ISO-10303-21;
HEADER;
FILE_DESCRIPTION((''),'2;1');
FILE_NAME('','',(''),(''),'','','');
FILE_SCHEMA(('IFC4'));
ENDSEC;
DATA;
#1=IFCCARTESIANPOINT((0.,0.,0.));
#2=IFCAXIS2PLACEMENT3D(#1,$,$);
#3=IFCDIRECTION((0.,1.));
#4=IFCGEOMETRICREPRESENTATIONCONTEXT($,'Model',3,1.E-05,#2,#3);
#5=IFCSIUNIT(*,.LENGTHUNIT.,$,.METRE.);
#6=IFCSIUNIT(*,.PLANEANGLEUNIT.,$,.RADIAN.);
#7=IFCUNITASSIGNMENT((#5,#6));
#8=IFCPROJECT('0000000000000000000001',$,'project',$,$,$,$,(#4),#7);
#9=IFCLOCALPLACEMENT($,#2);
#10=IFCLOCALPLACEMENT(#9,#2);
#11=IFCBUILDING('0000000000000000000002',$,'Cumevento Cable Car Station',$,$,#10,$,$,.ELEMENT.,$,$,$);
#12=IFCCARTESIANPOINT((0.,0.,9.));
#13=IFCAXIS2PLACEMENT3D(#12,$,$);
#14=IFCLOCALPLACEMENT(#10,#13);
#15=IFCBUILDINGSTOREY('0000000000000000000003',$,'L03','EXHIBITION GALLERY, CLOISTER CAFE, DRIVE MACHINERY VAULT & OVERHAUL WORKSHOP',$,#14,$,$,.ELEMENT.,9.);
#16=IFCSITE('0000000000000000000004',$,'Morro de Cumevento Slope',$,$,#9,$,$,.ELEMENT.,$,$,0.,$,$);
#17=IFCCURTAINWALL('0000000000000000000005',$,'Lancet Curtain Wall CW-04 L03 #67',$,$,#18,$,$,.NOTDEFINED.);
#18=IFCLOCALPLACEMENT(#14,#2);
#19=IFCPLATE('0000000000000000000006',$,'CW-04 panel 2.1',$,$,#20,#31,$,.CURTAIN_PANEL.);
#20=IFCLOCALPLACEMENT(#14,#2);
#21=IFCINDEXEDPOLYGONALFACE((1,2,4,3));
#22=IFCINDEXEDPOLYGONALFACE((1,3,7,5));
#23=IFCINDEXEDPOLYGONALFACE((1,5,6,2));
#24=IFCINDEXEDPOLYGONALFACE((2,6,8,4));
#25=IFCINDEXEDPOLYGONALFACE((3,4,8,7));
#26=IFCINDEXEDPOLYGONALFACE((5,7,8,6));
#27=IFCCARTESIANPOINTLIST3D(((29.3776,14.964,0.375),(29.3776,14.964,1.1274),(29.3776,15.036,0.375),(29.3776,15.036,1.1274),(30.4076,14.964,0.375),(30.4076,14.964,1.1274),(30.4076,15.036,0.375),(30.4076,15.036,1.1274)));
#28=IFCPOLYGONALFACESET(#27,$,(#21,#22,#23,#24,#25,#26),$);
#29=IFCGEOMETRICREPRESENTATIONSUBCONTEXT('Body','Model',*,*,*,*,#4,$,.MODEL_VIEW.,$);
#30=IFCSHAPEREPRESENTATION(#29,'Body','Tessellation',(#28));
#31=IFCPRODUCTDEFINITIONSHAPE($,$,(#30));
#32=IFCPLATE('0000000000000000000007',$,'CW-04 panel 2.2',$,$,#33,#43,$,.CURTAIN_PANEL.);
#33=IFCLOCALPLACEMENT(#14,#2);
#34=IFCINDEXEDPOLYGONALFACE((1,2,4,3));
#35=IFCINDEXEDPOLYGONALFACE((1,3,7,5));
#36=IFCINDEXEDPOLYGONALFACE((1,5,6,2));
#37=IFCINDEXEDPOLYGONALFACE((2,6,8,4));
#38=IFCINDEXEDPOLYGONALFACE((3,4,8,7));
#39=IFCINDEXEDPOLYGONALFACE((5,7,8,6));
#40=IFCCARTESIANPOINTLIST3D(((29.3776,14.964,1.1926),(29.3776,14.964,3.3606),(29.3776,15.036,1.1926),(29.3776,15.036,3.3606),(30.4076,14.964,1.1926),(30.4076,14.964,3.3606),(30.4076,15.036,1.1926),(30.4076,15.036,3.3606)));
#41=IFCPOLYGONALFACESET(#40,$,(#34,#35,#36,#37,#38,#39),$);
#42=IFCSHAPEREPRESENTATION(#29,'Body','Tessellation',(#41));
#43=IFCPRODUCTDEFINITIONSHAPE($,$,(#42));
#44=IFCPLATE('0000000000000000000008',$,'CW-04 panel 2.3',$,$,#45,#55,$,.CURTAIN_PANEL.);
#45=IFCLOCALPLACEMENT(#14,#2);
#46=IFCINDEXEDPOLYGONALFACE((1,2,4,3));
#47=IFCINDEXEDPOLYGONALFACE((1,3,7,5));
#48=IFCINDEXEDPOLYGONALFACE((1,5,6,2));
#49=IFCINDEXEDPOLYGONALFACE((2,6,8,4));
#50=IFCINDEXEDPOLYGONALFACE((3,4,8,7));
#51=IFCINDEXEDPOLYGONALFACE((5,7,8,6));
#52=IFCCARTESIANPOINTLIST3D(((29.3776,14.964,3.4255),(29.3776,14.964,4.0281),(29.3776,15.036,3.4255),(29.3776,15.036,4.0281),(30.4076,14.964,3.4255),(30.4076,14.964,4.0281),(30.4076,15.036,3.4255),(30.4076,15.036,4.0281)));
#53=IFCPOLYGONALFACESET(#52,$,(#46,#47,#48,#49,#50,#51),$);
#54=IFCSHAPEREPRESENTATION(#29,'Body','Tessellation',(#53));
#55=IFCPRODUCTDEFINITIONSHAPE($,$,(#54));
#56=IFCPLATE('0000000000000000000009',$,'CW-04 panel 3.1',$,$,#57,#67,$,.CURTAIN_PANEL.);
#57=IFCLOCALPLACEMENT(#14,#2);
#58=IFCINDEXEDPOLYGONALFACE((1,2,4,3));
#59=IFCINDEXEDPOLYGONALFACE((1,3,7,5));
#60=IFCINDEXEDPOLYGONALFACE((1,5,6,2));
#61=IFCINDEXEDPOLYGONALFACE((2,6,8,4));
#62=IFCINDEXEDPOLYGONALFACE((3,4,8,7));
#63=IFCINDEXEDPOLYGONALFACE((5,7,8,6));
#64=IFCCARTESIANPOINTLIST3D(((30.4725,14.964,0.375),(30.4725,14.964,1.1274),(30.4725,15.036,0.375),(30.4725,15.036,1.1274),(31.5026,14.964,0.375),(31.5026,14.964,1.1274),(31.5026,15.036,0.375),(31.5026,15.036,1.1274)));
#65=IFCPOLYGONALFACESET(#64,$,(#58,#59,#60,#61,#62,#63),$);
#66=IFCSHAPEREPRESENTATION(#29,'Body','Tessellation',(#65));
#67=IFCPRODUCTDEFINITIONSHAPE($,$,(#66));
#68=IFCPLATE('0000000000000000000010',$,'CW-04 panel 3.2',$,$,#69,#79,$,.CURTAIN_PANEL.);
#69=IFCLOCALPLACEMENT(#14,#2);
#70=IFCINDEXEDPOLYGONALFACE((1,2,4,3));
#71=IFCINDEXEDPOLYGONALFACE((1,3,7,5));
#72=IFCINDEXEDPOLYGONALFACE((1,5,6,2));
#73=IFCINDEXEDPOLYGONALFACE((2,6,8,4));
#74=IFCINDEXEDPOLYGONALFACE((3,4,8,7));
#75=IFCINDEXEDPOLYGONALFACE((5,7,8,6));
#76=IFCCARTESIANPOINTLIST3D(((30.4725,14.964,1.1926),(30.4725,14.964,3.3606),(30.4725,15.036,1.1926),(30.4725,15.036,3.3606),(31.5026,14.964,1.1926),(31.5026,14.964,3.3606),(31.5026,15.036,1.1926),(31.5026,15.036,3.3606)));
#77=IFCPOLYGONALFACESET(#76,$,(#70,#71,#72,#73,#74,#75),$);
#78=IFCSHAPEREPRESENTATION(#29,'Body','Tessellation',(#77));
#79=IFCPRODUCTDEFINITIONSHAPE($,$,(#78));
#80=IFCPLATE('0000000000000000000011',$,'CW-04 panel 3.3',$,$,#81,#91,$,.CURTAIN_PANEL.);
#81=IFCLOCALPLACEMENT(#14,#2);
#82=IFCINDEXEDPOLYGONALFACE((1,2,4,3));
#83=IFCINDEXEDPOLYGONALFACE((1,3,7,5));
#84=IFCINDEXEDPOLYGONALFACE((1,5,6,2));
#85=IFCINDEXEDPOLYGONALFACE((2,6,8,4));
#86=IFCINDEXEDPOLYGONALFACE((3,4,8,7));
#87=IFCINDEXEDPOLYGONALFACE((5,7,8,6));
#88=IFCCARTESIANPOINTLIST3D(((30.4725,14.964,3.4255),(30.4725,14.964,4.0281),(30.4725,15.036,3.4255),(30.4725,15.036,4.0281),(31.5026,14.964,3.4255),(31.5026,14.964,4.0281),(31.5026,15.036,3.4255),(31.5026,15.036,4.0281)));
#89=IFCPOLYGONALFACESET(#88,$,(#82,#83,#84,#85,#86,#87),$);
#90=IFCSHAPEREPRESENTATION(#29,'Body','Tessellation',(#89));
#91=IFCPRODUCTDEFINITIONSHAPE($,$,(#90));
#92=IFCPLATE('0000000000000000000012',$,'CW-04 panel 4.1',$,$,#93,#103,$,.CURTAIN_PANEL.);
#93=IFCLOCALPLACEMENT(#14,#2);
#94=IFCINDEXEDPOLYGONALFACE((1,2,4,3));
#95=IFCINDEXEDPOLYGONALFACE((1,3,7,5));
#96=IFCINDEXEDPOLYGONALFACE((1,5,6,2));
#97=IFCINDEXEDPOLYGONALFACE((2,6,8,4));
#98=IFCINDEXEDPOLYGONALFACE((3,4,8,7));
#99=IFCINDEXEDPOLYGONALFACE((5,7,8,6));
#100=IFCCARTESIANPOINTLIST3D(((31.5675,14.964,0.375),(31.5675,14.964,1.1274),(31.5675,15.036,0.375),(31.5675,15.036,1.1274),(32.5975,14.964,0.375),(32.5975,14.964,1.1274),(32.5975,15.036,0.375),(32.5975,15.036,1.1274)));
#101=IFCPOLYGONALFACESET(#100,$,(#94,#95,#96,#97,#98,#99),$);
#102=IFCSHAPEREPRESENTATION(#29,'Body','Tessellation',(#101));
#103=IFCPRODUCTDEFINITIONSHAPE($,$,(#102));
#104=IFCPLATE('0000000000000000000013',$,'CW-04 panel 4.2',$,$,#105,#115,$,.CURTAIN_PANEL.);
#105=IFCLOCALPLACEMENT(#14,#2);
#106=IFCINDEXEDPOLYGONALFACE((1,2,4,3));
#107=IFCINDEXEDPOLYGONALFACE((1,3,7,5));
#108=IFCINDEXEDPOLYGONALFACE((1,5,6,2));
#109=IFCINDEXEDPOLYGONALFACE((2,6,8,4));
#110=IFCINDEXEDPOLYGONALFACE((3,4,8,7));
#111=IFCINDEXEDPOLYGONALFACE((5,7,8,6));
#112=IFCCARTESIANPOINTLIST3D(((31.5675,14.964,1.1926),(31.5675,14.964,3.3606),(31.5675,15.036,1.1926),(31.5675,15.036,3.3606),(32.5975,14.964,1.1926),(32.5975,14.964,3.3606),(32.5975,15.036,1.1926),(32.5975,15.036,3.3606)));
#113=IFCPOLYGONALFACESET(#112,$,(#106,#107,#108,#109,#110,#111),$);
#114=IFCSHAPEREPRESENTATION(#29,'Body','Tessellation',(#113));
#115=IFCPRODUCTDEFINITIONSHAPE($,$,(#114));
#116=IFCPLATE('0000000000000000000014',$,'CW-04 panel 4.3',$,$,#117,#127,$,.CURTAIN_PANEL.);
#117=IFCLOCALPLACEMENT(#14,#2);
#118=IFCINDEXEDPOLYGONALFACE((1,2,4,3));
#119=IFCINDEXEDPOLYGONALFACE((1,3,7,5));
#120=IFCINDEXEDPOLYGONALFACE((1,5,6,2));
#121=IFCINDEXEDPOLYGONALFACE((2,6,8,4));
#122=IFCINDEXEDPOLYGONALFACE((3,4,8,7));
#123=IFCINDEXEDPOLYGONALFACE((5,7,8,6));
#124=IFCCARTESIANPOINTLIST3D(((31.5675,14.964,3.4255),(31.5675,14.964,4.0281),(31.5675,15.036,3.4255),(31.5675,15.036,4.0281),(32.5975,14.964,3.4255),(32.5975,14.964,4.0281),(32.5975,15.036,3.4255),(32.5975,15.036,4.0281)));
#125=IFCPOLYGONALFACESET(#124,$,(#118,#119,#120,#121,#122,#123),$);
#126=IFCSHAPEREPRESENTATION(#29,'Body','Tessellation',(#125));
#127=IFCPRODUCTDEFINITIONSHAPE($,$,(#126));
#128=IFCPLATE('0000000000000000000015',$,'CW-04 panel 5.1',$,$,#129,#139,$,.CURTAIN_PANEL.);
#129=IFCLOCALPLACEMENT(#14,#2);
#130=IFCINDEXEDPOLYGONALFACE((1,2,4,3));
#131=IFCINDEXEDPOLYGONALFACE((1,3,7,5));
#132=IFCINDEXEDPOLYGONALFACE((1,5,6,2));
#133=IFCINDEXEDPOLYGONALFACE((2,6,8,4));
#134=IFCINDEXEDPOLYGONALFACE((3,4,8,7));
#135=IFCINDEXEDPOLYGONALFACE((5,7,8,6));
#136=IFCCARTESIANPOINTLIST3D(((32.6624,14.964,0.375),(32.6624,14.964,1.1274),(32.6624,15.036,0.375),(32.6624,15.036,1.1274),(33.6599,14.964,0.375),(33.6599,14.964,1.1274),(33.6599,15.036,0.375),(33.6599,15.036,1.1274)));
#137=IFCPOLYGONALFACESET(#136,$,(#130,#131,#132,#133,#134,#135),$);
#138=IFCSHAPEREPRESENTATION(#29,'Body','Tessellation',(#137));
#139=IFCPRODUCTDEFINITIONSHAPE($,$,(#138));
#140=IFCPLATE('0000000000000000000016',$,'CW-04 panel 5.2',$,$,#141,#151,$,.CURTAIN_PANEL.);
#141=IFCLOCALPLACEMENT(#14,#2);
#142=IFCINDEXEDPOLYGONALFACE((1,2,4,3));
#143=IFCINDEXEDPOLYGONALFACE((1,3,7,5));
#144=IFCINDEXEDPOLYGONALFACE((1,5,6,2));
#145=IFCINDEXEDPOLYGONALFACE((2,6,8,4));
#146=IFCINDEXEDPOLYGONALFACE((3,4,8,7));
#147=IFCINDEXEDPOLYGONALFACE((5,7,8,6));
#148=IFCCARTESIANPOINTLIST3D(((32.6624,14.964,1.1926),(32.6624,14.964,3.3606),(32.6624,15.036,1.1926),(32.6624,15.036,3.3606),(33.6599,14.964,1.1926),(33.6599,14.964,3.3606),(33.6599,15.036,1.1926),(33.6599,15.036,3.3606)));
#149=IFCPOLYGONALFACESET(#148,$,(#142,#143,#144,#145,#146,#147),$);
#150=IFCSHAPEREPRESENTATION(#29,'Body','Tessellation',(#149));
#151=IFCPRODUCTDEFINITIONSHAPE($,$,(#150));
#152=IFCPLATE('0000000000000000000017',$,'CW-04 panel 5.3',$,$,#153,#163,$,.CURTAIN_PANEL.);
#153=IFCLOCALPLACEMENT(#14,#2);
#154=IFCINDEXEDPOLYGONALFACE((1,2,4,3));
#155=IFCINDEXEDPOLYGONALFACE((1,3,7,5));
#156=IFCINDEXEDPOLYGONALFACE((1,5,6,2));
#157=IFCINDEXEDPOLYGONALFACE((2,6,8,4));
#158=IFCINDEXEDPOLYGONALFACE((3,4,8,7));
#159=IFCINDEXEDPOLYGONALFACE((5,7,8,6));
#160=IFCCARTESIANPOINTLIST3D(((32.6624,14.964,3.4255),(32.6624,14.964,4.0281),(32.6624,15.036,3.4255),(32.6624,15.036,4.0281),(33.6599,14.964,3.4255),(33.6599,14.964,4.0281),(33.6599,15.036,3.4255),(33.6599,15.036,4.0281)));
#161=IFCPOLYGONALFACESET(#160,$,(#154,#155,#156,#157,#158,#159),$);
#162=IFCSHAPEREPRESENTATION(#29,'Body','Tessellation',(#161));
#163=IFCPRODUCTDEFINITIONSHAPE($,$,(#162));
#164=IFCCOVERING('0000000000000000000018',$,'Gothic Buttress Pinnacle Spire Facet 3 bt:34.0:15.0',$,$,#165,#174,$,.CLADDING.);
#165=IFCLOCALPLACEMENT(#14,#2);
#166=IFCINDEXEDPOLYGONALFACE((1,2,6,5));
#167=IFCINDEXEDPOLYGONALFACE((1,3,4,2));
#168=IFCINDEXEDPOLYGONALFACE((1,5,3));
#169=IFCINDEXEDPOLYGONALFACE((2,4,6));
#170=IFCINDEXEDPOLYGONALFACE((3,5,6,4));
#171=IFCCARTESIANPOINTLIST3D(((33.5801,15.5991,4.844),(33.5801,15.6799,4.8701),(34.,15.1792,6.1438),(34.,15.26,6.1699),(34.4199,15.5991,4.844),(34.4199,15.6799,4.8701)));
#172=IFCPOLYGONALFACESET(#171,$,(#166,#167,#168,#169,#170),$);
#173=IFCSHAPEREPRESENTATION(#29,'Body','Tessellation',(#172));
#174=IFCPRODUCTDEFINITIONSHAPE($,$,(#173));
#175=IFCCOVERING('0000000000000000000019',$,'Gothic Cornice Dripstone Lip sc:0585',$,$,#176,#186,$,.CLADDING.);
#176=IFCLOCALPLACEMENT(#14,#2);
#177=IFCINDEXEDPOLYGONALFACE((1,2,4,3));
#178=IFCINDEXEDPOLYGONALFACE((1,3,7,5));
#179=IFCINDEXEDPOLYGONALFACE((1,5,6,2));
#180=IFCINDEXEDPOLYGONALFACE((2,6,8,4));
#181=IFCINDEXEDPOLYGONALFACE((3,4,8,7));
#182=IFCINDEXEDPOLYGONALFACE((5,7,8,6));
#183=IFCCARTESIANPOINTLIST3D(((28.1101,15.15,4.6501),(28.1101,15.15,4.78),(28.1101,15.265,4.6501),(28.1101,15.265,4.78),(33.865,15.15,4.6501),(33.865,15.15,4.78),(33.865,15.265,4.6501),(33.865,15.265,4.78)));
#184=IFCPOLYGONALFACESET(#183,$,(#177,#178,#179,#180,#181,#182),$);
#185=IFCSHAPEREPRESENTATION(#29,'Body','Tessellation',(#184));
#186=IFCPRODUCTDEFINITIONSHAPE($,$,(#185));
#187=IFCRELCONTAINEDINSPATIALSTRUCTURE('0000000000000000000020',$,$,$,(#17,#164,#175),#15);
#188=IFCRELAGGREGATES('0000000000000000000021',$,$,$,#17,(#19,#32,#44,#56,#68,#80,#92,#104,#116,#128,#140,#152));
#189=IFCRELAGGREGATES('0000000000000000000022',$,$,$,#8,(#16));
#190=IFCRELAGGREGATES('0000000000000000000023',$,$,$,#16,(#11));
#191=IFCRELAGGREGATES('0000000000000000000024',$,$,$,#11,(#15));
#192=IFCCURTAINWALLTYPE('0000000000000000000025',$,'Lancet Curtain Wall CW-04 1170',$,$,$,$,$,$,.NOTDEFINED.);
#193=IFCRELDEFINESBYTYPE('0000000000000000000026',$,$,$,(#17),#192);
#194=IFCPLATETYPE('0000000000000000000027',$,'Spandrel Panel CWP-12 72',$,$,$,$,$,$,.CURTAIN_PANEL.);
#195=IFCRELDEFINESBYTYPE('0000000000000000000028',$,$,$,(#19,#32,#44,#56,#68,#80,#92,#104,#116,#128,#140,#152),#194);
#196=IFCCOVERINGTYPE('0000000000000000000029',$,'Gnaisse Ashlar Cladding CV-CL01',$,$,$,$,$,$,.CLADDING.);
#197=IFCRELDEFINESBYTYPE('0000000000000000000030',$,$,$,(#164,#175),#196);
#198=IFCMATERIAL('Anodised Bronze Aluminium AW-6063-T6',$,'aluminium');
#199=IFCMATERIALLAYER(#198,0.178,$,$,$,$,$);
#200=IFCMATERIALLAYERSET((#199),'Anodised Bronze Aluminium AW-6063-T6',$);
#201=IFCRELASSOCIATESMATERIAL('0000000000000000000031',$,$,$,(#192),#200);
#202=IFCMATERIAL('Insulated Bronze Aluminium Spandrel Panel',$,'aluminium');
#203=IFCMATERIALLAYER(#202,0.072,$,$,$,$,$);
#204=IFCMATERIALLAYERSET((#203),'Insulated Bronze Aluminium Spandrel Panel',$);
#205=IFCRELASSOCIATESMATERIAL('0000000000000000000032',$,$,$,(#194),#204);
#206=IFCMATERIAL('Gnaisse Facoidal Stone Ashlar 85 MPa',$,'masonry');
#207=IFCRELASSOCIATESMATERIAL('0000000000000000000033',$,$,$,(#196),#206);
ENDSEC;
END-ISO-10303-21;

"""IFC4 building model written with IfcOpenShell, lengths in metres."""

from ifc_helpers import new_model, si_unit, direction, frame, origin, origin_2d, place, context, subcontext, project, spatial, polyline, rectangle, outline, extrude, material, layer, layer_set, type_object, element, aggregate, save


model = new_model("IFC4")

# Units and contexts
model_context = context("Model", 3, precision=1e-05, world=origin(), true_north=direction((0.0, 1.0)))
body_context = subcontext(model_context, "Body", "Model", "MODEL_VIEW")
ifc_project = project(units=[si_unit("LENGTHUNIT", "METRE"), si_unit("PLANEANGLEUNIT", "RADIAN")], contexts=[model_context])

# Site, building, storey
site_placement = place(None, origin())
site = spatial("IfcSite", under=ifc_project, at=site_placement, Name="Morro de Cumevento Slope", CompositionType="ELEMENT", RefElevation=0.0)
building_placement = place(site_placement, origin())
building = spatial("IfcBuilding", under=site, at=building_placement, Name="Cumevento Cable Car Station", CompositionType="ELEMENT")
storey_placement = place(building_placement, frame((0.0, 0.0, 9.0)))
storey = spatial("IfcBuildingStorey", under=building, at=storey_placement, Name="L03", Description="EXHIBITION GALLERY, CLOISTER CAFE, DRIVE MACHINERY VAULT & OVERHAUL WORKSHOP", CompositionType="ELEMENT", Elevation=9.0)

# Curtain wall, plates
ifc_material_1 = material(Name="Anodised Bronze Aluminium AW-6063-T6", Category="aluminium")
ifc_layer_1 = layer(ifc_material_1, 0.178)
ifc_layer_set_1 = layer_set([ifc_layer_1], Name="Anodised Bronze Aluminium AW-6063-T6")
curtain_wall_type = type_object("IfcCurtainWallType", Name="Lancet Curtain Wall CW-04 1170", PredefinedType="NOTDEFINED", material=ifc_layer_set_1)
curtain_wall_placement = place(storey_placement, origin())
curtain_wall = element("IfcCurtainWall", 1, at=curtain_wall_placement, inside=storey, type_object=curtain_wall_type, Name="Lancet Curtain Wall CW-04 L03 #67", PredefinedType="NOTDEFINED")
ifc_material_2 = material(Name="Insulated Bronze Aluminium Spandrel Panel", Category="aluminium")
ifc_layer_2 = layer(ifc_material_2, 0.072)
ifc_layer_set_2 = layer_set([ifc_layer_2], Name="Insulated Bronze Aluminium Spandrel Panel")
plate_type = type_object("IfcPlateType", Name="Spandrel Panel CWP-12 72", PredefinedType="CURTAIN_PANEL", material=ifc_layer_set_2)
plate_1_placement = place(storey_placement, frame((29.8926, 15.0, 0.375), z_axis=(0.0, 0.0, 1.0), x_axis=(1.0, 0.0, 0.0)))
plate_1 = element("IfcPlate", 2, at=plate_1_placement, type_object=plate_type, Name="CW-04 panel 2.1", PredefinedType="CURTAIN_PANEL", context=body_context, shape_type="SweptSolid", body=[
    extrude(rectangle(XDim=1.03, YDim=0.072, at=origin_2d()), origin(), (0.0, 0.0, 1.0), 0.7524),
])
plate_2_placement = place(storey_placement, frame((29.8926, 15.0, 1.1926), z_axis=(0.0, 0.0, 1.0), x_axis=(1.0, 0.0, 0.0)))
plate_2 = element("IfcPlate", 3, at=plate_2_placement, type_object=plate_type, Name="CW-04 panel 2.2", PredefinedType="CURTAIN_PANEL", context=body_context, shape_type="SweptSolid", body=[
    extrude(rectangle(XDim=1.03, YDim=0.072, at=origin_2d()), origin(), (0.0, 0.0, 1.0), 2.168),
])
plate_3_placement = place(storey_placement, frame((29.8926, 15.0, 3.4255), z_axis=(0.0, 0.0, 1.0), x_axis=(1.0, 0.0, 0.0)))
plate_3 = element("IfcPlate", 4, at=plate_3_placement, type_object=plate_type, Name="CW-04 panel 2.3", PredefinedType="CURTAIN_PANEL", context=body_context, shape_type="SweptSolid", body=[
    extrude(rectangle(XDim=1.03, YDim=0.072, at=origin_2d()), origin(), (0.0, 0.0, 1.0), 0.6025),
])
plate_4_placement = place(storey_placement, frame((30.9875, 15.0, 0.375), z_axis=(0.0, 0.0, 1.0), x_axis=(1.0, 0.0, 0.0)))
plate_4 = element("IfcPlate", 5, at=plate_4_placement, type_object=plate_type, Name="CW-04 panel 3.1", PredefinedType="CURTAIN_PANEL", context=body_context, shape_type="SweptSolid", body=[
    extrude(rectangle(XDim=1.03, YDim=0.072, at=origin_2d()), origin(), (0.0, 0.0, 1.0), 0.7524),
])
plate_5_placement = place(storey_placement, frame((30.9875, 15.0, 1.1926), z_axis=(0.0, 0.0, 1.0), x_axis=(1.0, 0.0, 0.0)))
plate_5 = element("IfcPlate", 6, at=plate_5_placement, type_object=plate_type, Name="CW-04 panel 3.2", PredefinedType="CURTAIN_PANEL", context=body_context, shape_type="SweptSolid", body=[
    extrude(rectangle(XDim=1.03, YDim=0.072, at=origin_2d()), origin(), (0.0, 0.0, 1.0), 2.168),
])
plate_6_placement = place(storey_placement, frame((30.9875, 15.0, 3.4255), z_axis=(0.0, 0.0, 1.0), x_axis=(1.0, 0.0, 0.0)))
plate_6 = element("IfcPlate", 7, at=plate_6_placement, type_object=plate_type, Name="CW-04 panel 3.3", PredefinedType="CURTAIN_PANEL", context=body_context, shape_type="SweptSolid", body=[
    extrude(rectangle(XDim=1.03, YDim=0.072, at=origin_2d()), origin(), (0.0, 0.0, 1.0), 0.6025),
])
plate_7_placement = place(storey_placement, frame((32.0825, 15.0, 0.375), z_axis=(0.0, 0.0, 1.0), x_axis=(1.0, 0.0, 0.0)))
plate_7 = element("IfcPlate", 8, at=plate_7_placement, type_object=plate_type, Name="CW-04 panel 4.1", PredefinedType="CURTAIN_PANEL", context=body_context, shape_type="SweptSolid", body=[
    extrude(rectangle(XDim=1.03, YDim=0.072, at=origin_2d()), origin(), (0.0, 0.0, 1.0), 0.7524),
])
plate_8_placement = place(storey_placement, frame((32.0825, 15.0, 1.1926), z_axis=(0.0, 0.0, 1.0), x_axis=(1.0, 0.0, 0.0)))
plate_8 = element("IfcPlate", 9, at=plate_8_placement, type_object=plate_type, Name="CW-04 panel 4.2", PredefinedType="CURTAIN_PANEL", context=body_context, shape_type="SweptSolid", body=[
    extrude(rectangle(XDim=1.03, YDim=0.072, at=origin_2d()), origin(), (0.0, 0.0, 1.0), 2.168),
])
plate_9_placement = place(storey_placement, frame((32.0825, 15.0, 3.4255), z_axis=(0.0, 0.0, 1.0), x_axis=(1.0, 0.0, 0.0)))
plate_9 = element("IfcPlate", 10, at=plate_9_placement, type_object=plate_type, Name="CW-04 panel 4.3", PredefinedType="CURTAIN_PANEL", context=body_context, shape_type="SweptSolid", body=[
    extrude(rectangle(XDim=1.03, YDim=0.072, at=origin_2d()), origin(), (0.0, 0.0, 1.0), 0.6025),
])
plate_10_placement = place(storey_placement, frame((33.1611, 15.0, 0.375), z_axis=(0.0, 0.0, 1.0), x_axis=(1.0, 0.0, 0.0)))
plate_10 = element("IfcPlate", 11, at=plate_10_placement, type_object=plate_type, Name="CW-04 panel 5.1", PredefinedType="CURTAIN_PANEL", context=body_context, shape_type="SweptSolid", body=[
    extrude(rectangle(XDim=0.9976, YDim=0.072, at=origin_2d()), origin(), (0.0, 0.0, 1.0), 0.7524),
])
plate_11_placement = place(storey_placement, frame((33.1611, 15.0, 1.1926), z_axis=(0.0, 0.0, 1.0), x_axis=(1.0, 0.0, 0.0)))
plate_11 = element("IfcPlate", 12, at=plate_11_placement, type_object=plate_type, Name="CW-04 panel 5.2", PredefinedType="CURTAIN_PANEL", context=body_context, shape_type="SweptSolid", body=[
    extrude(rectangle(XDim=0.9976, YDim=0.072, at=origin_2d()), origin(), (0.0, 0.0, 1.0), 2.168),
])
plate_12_placement = place(storey_placement, frame((33.1611, 15.0, 3.4255), z_axis=(0.0, 0.0, 1.0), x_axis=(1.0, 0.0, 0.0)))
plate_12 = element("IfcPlate", 13, at=plate_12_placement, type_object=plate_type, Name="CW-04 panel 5.3", PredefinedType="CURTAIN_PANEL", context=body_context, shape_type="SweptSolid", body=[
    extrude(rectangle(XDim=0.9976, YDim=0.072, at=origin_2d()), origin(), (0.0, 0.0, 1.0), 0.6025),
])
aggregate(curtain_wall, [plate_1, plate_2, plate_3, plate_4, plate_5, plate_6, plate_7, plate_8, plate_9, plate_10, plate_11, plate_12])

# Coverings
ifc_material_3 = material(Name="Gnaisse Facoidal Stone Ashlar 85 MPa", Category="masonry")
covering_type = type_object("IfcCoveringType", Name="Gnaisse Ashlar Cladding CV-CL01", PredefinedType="CLADDING", material=ifc_material_3)
covering_1_placement = place(storey_placement, frame((33.5801, 15.6799, 4.8701), z_axis=(0.0, 0.951574, 0.307421), x_axis=(1.0, 0.0, 0.0)))
element("IfcCovering", 14, at=covering_1_placement, inside=storey, type_object=covering_type, Name="Gothic Buttress Pinnacle Spire Facet 3 bt:34.0:15.0", PredefinedType="CLADDING", context=body_context, shape_type="SweptSolid", body=[
    extrude(outline(polyline([(0.0, 0.0), (0.8398, 0.0), (0.4199, -1.366), (0.0, 0.0)])), origin(), (0.0, 0.0, -1.0), 0.085),
])
covering_2_placement = place(storey_placement, frame((30.9875, 15.2075, 4.6501), z_axis=(0.0, 0.0, 1.0), x_axis=(1.0, 0.0, 0.0)))
element("IfcCovering", 15, at=covering_2_placement, inside=storey, type_object=covering_type, Name="Gothic Cornice Dripstone Lip sc:0585", PredefinedType="CLADDING", context=body_context, shape_type="SweptSolid", body=[
    extrude(rectangle(XDim=5.7549, YDim=0.115, at=origin_2d()), origin(), (0.0, 0.0, 1.0), 0.1299),
])

save(model, "model.ifc")
